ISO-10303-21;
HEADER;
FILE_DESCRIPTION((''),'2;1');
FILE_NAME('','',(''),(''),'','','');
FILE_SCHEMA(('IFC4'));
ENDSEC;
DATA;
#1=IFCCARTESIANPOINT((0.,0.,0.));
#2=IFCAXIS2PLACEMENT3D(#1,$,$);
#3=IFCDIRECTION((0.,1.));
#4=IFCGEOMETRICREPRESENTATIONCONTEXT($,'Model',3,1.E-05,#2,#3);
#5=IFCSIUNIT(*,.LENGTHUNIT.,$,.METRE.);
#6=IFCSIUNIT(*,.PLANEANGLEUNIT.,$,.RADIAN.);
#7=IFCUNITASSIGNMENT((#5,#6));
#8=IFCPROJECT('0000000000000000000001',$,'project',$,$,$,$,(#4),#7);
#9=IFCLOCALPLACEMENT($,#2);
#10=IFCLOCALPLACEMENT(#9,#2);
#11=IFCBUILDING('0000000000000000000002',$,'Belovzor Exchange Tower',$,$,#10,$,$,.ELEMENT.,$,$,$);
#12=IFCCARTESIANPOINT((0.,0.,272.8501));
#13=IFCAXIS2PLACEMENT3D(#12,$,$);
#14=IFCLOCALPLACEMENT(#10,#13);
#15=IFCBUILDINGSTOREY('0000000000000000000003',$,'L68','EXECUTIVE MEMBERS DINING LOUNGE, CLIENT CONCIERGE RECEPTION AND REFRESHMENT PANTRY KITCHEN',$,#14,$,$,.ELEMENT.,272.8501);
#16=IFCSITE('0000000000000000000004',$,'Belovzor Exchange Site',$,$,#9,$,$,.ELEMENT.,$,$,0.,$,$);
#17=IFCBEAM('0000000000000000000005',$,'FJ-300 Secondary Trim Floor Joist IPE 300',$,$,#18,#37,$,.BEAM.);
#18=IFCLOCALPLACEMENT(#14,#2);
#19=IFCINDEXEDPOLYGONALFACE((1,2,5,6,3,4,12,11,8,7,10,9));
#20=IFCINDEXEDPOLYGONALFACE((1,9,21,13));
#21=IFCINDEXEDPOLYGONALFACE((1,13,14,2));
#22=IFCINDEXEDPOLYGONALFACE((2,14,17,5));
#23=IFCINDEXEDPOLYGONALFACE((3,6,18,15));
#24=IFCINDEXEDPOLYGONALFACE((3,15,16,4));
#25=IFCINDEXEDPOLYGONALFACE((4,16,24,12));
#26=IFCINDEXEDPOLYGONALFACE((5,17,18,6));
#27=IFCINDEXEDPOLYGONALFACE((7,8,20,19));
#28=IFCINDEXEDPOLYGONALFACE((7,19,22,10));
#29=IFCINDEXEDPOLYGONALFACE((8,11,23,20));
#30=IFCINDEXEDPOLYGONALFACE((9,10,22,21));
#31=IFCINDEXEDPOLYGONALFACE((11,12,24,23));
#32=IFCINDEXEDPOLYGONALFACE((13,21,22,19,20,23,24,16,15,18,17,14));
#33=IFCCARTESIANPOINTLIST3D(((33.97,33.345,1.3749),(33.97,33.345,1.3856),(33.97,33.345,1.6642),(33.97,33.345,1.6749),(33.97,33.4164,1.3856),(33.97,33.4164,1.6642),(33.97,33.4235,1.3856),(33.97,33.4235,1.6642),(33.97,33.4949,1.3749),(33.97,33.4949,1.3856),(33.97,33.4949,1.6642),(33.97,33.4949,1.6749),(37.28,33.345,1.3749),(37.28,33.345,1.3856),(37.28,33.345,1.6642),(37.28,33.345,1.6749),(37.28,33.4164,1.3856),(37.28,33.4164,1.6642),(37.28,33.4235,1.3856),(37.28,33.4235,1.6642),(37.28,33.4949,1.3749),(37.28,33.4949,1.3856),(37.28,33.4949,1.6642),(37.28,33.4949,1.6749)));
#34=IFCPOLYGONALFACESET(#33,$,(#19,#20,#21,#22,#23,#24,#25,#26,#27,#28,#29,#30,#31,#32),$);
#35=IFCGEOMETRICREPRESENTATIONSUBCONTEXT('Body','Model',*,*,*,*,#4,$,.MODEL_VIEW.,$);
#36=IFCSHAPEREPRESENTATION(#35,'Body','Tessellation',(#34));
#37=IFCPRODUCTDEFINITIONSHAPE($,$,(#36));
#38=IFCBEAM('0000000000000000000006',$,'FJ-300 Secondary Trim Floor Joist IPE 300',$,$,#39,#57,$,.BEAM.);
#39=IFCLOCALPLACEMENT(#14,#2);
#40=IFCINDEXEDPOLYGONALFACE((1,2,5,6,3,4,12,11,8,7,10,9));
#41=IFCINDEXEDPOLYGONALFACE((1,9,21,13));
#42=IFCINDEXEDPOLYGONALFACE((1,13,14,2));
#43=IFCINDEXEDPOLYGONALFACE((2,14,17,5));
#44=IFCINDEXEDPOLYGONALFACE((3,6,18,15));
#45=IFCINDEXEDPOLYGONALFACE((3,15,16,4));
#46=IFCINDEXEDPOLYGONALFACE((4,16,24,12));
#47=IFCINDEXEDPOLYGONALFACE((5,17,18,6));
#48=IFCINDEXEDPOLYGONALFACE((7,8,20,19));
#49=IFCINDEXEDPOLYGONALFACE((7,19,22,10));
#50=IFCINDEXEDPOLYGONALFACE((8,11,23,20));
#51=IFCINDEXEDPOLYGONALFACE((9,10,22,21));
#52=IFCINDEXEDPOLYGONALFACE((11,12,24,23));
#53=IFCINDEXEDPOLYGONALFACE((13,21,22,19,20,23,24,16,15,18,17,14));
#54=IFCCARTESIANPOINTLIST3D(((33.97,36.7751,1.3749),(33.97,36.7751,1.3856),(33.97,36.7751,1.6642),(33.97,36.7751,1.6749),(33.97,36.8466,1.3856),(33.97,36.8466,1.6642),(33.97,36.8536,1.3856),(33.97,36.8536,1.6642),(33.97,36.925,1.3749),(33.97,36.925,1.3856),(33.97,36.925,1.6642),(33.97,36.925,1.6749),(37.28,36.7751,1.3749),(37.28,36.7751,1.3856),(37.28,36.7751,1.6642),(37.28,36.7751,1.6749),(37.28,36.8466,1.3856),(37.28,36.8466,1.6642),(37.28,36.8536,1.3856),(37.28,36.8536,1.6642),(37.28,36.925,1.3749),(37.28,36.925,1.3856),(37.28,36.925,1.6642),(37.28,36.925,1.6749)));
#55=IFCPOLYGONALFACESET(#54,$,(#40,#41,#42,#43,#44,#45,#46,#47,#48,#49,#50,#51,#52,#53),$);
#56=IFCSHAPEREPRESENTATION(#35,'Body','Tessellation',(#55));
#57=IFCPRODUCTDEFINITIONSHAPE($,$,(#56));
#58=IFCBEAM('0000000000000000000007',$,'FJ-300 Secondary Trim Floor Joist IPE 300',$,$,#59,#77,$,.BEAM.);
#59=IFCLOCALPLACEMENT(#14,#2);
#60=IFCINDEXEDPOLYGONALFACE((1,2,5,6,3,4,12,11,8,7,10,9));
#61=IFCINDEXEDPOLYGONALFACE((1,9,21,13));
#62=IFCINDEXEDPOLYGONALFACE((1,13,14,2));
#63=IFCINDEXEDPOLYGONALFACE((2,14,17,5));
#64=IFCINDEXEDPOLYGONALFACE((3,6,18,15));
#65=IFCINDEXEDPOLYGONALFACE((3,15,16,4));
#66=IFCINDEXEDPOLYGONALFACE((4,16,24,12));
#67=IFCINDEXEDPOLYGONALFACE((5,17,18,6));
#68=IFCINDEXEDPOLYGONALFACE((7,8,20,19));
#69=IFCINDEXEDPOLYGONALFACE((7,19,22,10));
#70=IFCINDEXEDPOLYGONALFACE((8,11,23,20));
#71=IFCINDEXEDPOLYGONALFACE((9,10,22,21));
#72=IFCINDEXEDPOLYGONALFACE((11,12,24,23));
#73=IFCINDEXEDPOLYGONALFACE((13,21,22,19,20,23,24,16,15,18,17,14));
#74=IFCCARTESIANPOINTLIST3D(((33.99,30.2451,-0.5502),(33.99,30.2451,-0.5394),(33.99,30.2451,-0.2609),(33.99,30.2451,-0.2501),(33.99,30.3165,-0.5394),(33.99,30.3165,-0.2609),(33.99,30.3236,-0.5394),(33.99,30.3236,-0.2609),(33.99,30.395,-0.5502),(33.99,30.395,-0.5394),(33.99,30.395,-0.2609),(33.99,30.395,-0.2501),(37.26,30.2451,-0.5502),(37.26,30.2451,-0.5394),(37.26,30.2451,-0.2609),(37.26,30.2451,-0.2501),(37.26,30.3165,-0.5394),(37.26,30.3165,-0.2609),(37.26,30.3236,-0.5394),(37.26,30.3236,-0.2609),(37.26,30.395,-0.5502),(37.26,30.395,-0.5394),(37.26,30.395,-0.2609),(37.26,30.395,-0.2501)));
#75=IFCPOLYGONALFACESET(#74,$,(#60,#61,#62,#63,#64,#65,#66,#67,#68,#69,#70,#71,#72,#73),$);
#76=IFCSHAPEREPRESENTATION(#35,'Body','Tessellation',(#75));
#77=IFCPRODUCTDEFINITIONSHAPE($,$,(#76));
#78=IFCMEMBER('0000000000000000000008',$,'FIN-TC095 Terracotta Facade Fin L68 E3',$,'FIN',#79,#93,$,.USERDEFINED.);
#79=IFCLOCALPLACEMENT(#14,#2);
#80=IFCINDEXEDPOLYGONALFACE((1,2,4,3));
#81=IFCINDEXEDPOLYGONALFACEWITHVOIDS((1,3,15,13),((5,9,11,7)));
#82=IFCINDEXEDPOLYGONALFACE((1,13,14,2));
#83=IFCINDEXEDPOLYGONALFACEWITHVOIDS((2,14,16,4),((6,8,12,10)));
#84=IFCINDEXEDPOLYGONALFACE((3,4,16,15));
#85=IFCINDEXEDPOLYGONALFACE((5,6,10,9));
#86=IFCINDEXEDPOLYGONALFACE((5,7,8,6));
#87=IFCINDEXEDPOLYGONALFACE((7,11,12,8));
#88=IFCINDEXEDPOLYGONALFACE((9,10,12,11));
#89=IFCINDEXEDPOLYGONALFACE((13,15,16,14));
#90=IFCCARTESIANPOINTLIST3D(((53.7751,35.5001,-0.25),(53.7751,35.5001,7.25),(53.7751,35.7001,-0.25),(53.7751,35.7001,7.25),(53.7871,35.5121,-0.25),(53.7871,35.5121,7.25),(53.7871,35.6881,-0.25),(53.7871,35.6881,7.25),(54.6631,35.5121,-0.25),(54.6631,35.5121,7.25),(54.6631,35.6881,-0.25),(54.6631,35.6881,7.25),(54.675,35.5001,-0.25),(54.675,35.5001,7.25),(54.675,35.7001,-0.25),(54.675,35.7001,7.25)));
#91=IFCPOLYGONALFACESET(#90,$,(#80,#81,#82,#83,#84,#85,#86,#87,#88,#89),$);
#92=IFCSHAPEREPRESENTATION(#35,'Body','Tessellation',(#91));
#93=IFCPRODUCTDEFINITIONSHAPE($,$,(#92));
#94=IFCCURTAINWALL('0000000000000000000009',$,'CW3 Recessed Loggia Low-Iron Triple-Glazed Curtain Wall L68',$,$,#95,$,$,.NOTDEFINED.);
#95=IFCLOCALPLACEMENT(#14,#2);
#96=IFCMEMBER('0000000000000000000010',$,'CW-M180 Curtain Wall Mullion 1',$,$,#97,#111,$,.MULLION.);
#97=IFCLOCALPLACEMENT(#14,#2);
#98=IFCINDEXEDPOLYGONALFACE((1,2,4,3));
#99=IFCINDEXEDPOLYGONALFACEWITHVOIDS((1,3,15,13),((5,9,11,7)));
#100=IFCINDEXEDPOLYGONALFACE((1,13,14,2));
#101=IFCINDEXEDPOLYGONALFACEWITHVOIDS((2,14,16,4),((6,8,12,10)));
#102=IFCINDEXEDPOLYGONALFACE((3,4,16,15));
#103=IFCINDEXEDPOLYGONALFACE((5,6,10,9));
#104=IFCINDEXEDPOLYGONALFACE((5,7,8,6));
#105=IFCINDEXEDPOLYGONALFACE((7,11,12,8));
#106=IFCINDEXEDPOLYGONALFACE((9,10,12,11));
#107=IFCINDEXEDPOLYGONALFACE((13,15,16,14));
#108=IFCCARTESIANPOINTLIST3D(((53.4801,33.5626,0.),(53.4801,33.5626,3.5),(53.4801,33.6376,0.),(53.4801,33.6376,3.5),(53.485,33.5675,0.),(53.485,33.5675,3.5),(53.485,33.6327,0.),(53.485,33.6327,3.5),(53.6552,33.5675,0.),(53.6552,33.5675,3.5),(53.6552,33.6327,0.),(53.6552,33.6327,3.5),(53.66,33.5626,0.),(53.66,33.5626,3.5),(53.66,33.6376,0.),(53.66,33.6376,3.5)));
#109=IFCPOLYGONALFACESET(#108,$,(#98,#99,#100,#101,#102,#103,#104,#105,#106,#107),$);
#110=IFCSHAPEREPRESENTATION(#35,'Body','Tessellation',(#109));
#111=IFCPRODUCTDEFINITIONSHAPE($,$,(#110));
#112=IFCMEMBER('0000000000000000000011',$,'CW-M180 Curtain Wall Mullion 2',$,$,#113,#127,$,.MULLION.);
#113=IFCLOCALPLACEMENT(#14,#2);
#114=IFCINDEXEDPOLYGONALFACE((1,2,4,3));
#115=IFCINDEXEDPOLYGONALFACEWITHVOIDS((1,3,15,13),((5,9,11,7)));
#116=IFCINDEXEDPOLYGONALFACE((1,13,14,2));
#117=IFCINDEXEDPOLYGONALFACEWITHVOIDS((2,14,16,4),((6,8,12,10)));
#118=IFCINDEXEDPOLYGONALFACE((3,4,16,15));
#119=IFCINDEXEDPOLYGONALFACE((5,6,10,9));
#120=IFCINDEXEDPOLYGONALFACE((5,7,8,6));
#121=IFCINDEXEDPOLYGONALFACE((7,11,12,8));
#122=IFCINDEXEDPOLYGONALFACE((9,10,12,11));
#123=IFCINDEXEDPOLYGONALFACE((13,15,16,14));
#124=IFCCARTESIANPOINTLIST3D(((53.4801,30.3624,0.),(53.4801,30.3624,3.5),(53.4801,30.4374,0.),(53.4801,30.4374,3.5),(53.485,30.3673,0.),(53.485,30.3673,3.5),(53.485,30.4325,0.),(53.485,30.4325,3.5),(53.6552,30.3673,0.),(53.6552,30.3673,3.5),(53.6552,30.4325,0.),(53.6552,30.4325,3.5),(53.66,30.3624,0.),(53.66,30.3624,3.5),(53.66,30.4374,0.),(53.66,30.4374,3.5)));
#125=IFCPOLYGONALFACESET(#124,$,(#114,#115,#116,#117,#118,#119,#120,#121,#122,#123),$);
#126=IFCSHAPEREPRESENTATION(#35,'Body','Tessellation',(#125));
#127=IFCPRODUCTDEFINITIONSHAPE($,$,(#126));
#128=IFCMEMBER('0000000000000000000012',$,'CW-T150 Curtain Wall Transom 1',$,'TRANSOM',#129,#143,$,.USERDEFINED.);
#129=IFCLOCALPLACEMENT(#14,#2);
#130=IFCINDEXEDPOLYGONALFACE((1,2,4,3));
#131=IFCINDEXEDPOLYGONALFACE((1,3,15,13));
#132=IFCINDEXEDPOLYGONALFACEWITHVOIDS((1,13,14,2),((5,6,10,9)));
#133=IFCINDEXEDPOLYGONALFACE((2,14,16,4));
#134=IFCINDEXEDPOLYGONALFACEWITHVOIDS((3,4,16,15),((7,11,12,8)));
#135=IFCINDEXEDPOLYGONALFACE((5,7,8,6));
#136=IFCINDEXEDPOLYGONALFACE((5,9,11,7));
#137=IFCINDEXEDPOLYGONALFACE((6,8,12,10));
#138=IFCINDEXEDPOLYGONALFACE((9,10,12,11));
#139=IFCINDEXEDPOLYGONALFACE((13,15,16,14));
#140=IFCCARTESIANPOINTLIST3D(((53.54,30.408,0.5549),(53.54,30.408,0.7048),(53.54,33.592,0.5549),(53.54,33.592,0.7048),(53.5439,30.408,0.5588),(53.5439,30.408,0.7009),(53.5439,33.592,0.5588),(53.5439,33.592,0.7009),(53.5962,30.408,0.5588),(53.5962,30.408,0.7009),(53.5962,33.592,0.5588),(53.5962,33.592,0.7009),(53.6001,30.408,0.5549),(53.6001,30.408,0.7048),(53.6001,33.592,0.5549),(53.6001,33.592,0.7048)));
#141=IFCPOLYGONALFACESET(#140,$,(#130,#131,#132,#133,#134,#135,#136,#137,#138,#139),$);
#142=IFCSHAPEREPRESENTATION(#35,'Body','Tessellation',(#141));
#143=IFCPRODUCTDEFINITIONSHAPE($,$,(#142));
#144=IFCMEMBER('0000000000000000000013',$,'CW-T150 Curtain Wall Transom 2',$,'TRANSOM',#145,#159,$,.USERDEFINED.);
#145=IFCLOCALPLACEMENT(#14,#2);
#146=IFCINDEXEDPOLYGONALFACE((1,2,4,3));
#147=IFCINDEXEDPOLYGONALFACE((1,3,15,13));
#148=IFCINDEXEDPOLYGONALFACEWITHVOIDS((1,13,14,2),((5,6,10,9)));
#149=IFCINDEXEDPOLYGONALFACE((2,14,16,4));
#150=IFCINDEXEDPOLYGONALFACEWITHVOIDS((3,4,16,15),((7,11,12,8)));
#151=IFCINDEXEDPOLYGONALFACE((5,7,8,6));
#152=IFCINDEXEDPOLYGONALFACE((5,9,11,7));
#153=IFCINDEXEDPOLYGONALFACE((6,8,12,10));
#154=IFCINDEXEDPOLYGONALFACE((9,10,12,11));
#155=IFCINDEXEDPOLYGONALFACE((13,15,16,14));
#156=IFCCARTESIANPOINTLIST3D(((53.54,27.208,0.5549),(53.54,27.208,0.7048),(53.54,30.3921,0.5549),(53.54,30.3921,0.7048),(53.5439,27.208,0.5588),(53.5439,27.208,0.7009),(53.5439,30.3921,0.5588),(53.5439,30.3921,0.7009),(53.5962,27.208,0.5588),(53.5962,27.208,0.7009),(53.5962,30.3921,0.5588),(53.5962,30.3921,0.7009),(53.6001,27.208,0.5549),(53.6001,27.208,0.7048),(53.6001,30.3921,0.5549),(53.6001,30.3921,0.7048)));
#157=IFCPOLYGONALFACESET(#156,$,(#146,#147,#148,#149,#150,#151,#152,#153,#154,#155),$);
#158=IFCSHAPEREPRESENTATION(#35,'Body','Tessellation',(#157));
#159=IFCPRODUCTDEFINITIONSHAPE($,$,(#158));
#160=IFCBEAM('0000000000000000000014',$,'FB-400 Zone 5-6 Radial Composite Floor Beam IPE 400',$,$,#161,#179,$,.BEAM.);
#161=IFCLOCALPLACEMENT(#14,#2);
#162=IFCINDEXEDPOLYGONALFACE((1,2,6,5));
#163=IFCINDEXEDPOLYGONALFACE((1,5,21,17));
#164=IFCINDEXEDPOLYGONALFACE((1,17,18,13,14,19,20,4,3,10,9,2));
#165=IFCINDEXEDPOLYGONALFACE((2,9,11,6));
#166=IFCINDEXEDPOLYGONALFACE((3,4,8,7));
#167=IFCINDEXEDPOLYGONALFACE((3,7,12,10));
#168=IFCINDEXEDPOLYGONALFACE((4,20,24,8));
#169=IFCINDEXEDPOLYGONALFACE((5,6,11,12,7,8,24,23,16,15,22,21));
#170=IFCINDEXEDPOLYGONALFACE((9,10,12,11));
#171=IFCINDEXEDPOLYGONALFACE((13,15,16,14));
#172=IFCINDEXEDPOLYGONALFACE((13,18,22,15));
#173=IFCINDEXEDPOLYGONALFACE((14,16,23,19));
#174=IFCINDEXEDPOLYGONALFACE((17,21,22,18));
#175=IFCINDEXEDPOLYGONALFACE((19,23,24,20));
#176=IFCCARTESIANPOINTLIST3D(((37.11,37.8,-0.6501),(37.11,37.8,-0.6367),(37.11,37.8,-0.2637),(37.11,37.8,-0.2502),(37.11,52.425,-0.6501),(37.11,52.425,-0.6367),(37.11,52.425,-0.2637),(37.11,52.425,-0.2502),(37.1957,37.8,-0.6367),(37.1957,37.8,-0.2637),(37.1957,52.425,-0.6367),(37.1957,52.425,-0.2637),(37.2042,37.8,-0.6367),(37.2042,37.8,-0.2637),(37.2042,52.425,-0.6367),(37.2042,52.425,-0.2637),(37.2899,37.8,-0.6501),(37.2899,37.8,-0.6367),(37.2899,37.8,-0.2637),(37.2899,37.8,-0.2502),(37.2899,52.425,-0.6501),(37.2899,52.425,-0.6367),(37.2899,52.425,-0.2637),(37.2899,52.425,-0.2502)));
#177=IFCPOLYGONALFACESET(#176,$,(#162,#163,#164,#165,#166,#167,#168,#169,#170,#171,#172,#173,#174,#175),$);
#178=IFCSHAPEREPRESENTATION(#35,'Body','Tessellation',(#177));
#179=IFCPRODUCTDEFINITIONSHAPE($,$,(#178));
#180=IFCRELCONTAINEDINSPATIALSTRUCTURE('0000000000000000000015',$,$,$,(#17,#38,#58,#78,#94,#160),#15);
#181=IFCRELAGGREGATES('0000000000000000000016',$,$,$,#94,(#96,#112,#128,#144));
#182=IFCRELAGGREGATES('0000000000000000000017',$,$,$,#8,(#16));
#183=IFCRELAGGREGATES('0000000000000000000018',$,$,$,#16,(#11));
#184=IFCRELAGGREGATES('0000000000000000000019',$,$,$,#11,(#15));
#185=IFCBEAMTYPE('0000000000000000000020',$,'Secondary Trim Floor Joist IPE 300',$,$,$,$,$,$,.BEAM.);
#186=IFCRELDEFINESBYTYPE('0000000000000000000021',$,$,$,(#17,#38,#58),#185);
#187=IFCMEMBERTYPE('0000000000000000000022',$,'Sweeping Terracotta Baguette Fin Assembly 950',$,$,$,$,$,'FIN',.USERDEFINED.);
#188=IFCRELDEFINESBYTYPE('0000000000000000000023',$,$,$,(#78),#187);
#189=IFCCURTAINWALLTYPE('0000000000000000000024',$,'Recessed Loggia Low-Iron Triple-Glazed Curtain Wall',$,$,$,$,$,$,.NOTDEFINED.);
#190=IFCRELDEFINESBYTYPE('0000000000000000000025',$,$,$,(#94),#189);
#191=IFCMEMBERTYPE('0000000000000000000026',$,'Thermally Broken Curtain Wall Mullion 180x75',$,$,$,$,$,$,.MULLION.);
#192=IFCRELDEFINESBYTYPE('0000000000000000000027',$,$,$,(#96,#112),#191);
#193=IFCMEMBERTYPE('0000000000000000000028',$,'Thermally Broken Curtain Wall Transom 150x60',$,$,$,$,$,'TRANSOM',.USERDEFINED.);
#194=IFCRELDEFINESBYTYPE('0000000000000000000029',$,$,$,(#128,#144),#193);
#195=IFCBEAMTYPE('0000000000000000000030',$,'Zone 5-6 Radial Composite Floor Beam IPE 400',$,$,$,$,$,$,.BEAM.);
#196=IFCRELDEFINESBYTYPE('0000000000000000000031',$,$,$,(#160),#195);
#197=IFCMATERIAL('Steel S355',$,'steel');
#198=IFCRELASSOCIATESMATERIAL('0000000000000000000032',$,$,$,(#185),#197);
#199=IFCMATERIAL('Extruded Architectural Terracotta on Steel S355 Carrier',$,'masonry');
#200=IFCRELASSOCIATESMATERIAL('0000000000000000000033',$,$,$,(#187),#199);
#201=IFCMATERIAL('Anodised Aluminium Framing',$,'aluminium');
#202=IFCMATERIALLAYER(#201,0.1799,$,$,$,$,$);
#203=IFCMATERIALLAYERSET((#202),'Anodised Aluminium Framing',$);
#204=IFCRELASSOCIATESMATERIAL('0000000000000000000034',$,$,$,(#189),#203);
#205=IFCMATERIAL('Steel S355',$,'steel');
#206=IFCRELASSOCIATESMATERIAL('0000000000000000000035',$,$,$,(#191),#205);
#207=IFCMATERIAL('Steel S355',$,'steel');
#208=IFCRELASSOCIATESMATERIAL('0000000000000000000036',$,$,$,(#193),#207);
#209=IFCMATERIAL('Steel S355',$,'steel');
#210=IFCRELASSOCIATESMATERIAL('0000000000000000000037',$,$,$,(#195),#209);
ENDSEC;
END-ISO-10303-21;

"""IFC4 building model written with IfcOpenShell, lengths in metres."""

from ifc_helpers import new_model, si_unit, direction, frame, origin, origin_2d, place, context, subcontext, project, spatial, hollow_rectangle, i_section, extrude, material, layer, layer_set, material_profile, profile_set, type_object, element, aggregate, save


model = new_model("IFC4")

# Units and contexts
model_context = context("Model", 3, precision=1e-05, world=origin(), true_north=direction((0.0, 1.0)))
body_context = subcontext(model_context, "Body", "Model", "MODEL_VIEW")
ifc_project = project(units=[si_unit("LENGTHUNIT", "METRE"), si_unit("PLANEANGLEUNIT", "RADIAN")], contexts=[model_context])

# Site, building, storey
site_placement = place(None, origin())
site = spatial("IfcSite", under=ifc_project, at=site_placement, Name="Belovzor Exchange Site", CompositionType="ELEMENT", RefElevation=0.0)
building_placement = place(site_placement, origin())
building = spatial("IfcBuilding", under=site, at=building_placement, Name="Belovzor Exchange Tower", CompositionType="ELEMENT")
storey_placement = place(building_placement, frame((0.0, 0.0, 272.8501)))
storey = spatial("IfcBuildingStorey", under=building, at=storey_placement, Name="L68", Description="EXECUTIVE MEMBERS DINING LOUNGE, CLIENT CONCIERGE RECEPTION AND REFRESHMENT PANTRY KITCHEN", CompositionType="ELEMENT", Elevation=272.8501)

# Beams
ifc_material_1 = material(Name="Steel S355", Category="steel")
ifc_material_profile_1 = material_profile(ifc_material_1, i_section(OverallWidth=0.1499, OverallDepth=0.3, WebThickness=0.0071, FlangeThickness=0.0107, at=origin_2d()))
ifc_profile_set_1 = profile_set([ifc_material_profile_1], Name="Steel S355")
beam_type_1 = type_object("IfcBeamType", Name="Secondary Trim Floor Joist IPE 300", PredefinedType="BEAM", material=ifc_profile_set_1)
for number, where, z_axis, x_axis, name in (
    (1, (37.28, 33.4199, 1.5249), (-1.0, 0.0, 0.0), (0.0, -1.0, 0.0), "FJ-300 Secondary Trim Floor Joist IPE 300"),
    (2, (37.28, 36.8501, 1.5249), (-1.0, 0.0, 0.0), (0.0, -1.0, 0.0), "FJ-300 Secondary Trim Floor Joist IPE 300"),
):
    element("IfcBeam", number, at=place(storey_placement, frame(where, z_axis=z_axis, x_axis=x_axis)), inside=storey, type_object=beam_type_1, Name=name, PredefinedType="BEAM", context=body_context, shape_type="SweptSolid", body=[
        extrude(i_section(OverallWidth=0.1499, OverallDepth=0.3, WebThickness=0.0071, FlangeThickness=0.0107, at=origin_2d()), origin(), (0.0, 0.0, 1.0), 3.3101),
    ])
beam_1_placement = place(storey_placement, frame((37.26, 30.3201, -0.4001), z_axis=(-1.0, 0.0, 0.0), x_axis=(0.0, -1.0, 0.0)))
element("IfcBeam", 3, at=beam_1_placement, inside=storey, type_object=beam_type_1, Name="FJ-300 Secondary Trim Floor Joist IPE 300", PredefinedType="BEAM", context=body_context, shape_type="SweptSolid", body=[
    extrude(i_section(OverallWidth=0.1499, OverallDepth=0.3, WebThickness=0.0071, FlangeThickness=0.0107, at=origin_2d()), origin(), (0.0, 0.0, 1.0), 3.27),
])

# Member
ifc_material_2 = material(Name="Extruded Architectural Terracotta on Steel S355 Carrier", Category="masonry")
ifc_material_profile_2 = material_profile(ifc_material_2, hollow_rectangle(XDim=0.2, YDim=0.8999, WallThickness=0.012, at=origin_2d()))
ifc_profile_set_2 = profile_set([ifc_material_profile_2], Name="Extruded Architectural Terracotta on Steel S355 Carrier")
member_type_1 = type_object("IfcMemberType", Name="Sweeping Terracotta Baguette Fin Assembly 950", ElementType="FIN", PredefinedType="USERDEFINED", material=ifc_profile_set_2)
member_1_placement = place(storey_placement, frame((54.2251, 35.6001, -0.25), z_axis=(0.0, 0.0, 1.0), x_axis=(0.0, 1.0, 0.0)))
element("IfcMember", 4, at=member_1_placement, inside=storey, type_object=member_type_1, Name="FIN-TC095 Terracotta Facade Fin L68 E3", ObjectType="FIN", PredefinedType="USERDEFINED", context=body_context, shape_type="SweptSolid", body=[
    extrude(hollow_rectangle(XDim=0.2, YDim=0.8999, WallThickness=0.012, at=origin_2d()), origin(), (0.0, 0.0, 1.0), 7.5),
])

# Curtain wall, members
ifc_material_3 = material(Name="Anodised Aluminium Framing", Category="aluminium")
ifc_layer_1 = layer(ifc_material_3, 0.1799)
ifc_layer_set_1 = layer_set([ifc_layer_1], Name="Anodised Aluminium Framing")
curtain_wall_type = type_object("IfcCurtainWallType", Name="Recessed Loggia Low-Iron Triple-Glazed Curtain Wall", PredefinedType="NOTDEFINED", material=ifc_layer_set_1)
curtain_wall_placement = place(storey_placement, origin())
curtain_wall = element("IfcCurtainWall", 5, at=curtain_wall_placement, inside=storey, type_object=curtain_wall_type, Name="CW3 Recessed Loggia Low-Iron Triple-Glazed Curtain Wall L68", PredefinedType="NOTDEFINED")
ifc_material_4 = material(Name="Steel S355", Category="steel")
ifc_material_profile_3 = material_profile(ifc_material_4, hollow_rectangle(XDim=0.075, YDim=0.1799, WallThickness=0.0049, at=origin_2d()))
ifc_profile_set_3 = profile_set([ifc_material_profile_3], Name="Steel S355")
member_type_2 = type_object("IfcMemberType", Name="Thermally Broken Curtain Wall Mullion 180x75", PredefinedType="MULLION", material=ifc_profile_set_3)
member_2_placement = place(storey_placement, frame((53.5701, 33.6001, 0.0), z_axis=(0.0, 0.0, 1.0), x_axis=(0.0, -1.0, 0.0)))
member_2 = element("IfcMember", 6, at=member_2_placement, type_object=member_type_2, Name="CW-M180 Curtain Wall Mullion 1", PredefinedType="MULLION", context=body_context, shape_type="SweptSolid", body=[
    extrude(hollow_rectangle(XDim=0.075, YDim=0.1799, WallThickness=0.0049, at=origin_2d()), origin(), (0.0, 0.0, 1.0), 3.5),
])
member_3_placement = place(storey_placement, frame((53.5701, 30.3999, 0.0), z_axis=(0.0, 0.0, 1.0), x_axis=(0.0, -1.0, 0.0)))
member_3 = element("IfcMember", 7, at=member_3_placement, type_object=member_type_2, Name="CW-M180 Curtain Wall Mullion 2", PredefinedType="MULLION", context=body_context, shape_type="SweptSolid", body=[
    extrude(hollow_rectangle(XDim=0.075, YDim=0.1799, WallThickness=0.0049, at=origin_2d()), origin(), (0.0, 0.0, 1.0), 3.5),
])
ifc_material_5 = material(Name="Steel S355", Category="steel")
ifc_material_profile_4 = material_profile(ifc_material_5, hollow_rectangle(XDim=0.0601, YDim=0.1499, WallThickness=0.0039, at=origin_2d()))
ifc_profile_set_4 = profile_set([ifc_material_profile_4], Name="Steel S355")
member_type_3 = type_object("IfcMemberType", Name="Thermally Broken Curtain Wall Transom 150x60", ElementType="TRANSOM", PredefinedType="USERDEFINED", material=ifc_profile_set_4)
member_4_placement = place(storey_placement, frame((53.5701, 33.592, 0.6299), z_axis=(0.0, -1.0, 0.0), x_axis=(1.0, 0.0, 0.0)))
member_4 = element("IfcMember", 8, at=member_4_placement, type_object=member_type_3, Name="CW-T150 Curtain Wall Transom 1", ObjectType="TRANSOM", PredefinedType="USERDEFINED", context=body_context, shape_type="SweptSolid", body=[
    extrude(hollow_rectangle(XDim=0.0601, YDim=0.1499, WallThickness=0.0039, at=origin_2d()), origin(), (0.0, 0.0, 1.0), 3.1841),
])
member_5_placement = place(storey_placement, frame((53.5701, 30.3921, 0.6299), z_axis=(0.0, -1.0, 0.0), x_axis=(1.0, 0.0, 0.0)))
member_5 = element("IfcMember", 9, at=member_5_placement, type_object=member_type_3, Name="CW-T150 Curtain Wall Transom 2", ObjectType="TRANSOM", PredefinedType="USERDEFINED", context=body_context, shape_type="SweptSolid", body=[
    extrude(hollow_rectangle(XDim=0.0601, YDim=0.1499, WallThickness=0.0039, at=origin_2d()), origin(), (0.0, 0.0, 1.0), 3.1841),
])

# Beam
ifc_material_6 = material(Name="Steel S355", Category="steel")
ifc_material_profile_5 = material_profile(ifc_material_6, i_section(OverallWidth=0.1799, OverallDepth=0.3999, WebThickness=0.0085, FlangeThickness=0.0134, at=origin_2d()))
ifc_profile_set_5 = profile_set([ifc_material_profile_5], Name="Steel S355")
beam_type_2 = type_object("IfcBeamType", Name="Zone 5-6 Radial Composite Floor Beam IPE 400", PredefinedType="BEAM", material=ifc_profile_set_5)
for number, where, z_axis, x_axis, name in (
    (10, (37.2, 37.8, -0.4502), (0.0, 1.0, 0.0), (-1.0, 0.0, 0.0), "FB-400 Zone 5-6 Radial Composite Floor Beam IPE 400"),
):
    element("IfcBeam", number, at=place(storey_placement, frame(where, z_axis=z_axis, x_axis=x_axis)), inside=storey, type_object=beam_type_2, Name=name, PredefinedType="BEAM", context=body_context, shape_type="SweptSolid", body=[
        extrude(i_section(OverallWidth=0.1799, OverallDepth=0.3999, WebThickness=0.0085, FlangeThickness=0.0134, at=origin_2d()), origin(), (0.0, 0.0, 1.0), 14.625),
    ])

aggregate(curtain_wall, [member_2, member_3, member_4, member_5])

save(model, "model.ifc")
